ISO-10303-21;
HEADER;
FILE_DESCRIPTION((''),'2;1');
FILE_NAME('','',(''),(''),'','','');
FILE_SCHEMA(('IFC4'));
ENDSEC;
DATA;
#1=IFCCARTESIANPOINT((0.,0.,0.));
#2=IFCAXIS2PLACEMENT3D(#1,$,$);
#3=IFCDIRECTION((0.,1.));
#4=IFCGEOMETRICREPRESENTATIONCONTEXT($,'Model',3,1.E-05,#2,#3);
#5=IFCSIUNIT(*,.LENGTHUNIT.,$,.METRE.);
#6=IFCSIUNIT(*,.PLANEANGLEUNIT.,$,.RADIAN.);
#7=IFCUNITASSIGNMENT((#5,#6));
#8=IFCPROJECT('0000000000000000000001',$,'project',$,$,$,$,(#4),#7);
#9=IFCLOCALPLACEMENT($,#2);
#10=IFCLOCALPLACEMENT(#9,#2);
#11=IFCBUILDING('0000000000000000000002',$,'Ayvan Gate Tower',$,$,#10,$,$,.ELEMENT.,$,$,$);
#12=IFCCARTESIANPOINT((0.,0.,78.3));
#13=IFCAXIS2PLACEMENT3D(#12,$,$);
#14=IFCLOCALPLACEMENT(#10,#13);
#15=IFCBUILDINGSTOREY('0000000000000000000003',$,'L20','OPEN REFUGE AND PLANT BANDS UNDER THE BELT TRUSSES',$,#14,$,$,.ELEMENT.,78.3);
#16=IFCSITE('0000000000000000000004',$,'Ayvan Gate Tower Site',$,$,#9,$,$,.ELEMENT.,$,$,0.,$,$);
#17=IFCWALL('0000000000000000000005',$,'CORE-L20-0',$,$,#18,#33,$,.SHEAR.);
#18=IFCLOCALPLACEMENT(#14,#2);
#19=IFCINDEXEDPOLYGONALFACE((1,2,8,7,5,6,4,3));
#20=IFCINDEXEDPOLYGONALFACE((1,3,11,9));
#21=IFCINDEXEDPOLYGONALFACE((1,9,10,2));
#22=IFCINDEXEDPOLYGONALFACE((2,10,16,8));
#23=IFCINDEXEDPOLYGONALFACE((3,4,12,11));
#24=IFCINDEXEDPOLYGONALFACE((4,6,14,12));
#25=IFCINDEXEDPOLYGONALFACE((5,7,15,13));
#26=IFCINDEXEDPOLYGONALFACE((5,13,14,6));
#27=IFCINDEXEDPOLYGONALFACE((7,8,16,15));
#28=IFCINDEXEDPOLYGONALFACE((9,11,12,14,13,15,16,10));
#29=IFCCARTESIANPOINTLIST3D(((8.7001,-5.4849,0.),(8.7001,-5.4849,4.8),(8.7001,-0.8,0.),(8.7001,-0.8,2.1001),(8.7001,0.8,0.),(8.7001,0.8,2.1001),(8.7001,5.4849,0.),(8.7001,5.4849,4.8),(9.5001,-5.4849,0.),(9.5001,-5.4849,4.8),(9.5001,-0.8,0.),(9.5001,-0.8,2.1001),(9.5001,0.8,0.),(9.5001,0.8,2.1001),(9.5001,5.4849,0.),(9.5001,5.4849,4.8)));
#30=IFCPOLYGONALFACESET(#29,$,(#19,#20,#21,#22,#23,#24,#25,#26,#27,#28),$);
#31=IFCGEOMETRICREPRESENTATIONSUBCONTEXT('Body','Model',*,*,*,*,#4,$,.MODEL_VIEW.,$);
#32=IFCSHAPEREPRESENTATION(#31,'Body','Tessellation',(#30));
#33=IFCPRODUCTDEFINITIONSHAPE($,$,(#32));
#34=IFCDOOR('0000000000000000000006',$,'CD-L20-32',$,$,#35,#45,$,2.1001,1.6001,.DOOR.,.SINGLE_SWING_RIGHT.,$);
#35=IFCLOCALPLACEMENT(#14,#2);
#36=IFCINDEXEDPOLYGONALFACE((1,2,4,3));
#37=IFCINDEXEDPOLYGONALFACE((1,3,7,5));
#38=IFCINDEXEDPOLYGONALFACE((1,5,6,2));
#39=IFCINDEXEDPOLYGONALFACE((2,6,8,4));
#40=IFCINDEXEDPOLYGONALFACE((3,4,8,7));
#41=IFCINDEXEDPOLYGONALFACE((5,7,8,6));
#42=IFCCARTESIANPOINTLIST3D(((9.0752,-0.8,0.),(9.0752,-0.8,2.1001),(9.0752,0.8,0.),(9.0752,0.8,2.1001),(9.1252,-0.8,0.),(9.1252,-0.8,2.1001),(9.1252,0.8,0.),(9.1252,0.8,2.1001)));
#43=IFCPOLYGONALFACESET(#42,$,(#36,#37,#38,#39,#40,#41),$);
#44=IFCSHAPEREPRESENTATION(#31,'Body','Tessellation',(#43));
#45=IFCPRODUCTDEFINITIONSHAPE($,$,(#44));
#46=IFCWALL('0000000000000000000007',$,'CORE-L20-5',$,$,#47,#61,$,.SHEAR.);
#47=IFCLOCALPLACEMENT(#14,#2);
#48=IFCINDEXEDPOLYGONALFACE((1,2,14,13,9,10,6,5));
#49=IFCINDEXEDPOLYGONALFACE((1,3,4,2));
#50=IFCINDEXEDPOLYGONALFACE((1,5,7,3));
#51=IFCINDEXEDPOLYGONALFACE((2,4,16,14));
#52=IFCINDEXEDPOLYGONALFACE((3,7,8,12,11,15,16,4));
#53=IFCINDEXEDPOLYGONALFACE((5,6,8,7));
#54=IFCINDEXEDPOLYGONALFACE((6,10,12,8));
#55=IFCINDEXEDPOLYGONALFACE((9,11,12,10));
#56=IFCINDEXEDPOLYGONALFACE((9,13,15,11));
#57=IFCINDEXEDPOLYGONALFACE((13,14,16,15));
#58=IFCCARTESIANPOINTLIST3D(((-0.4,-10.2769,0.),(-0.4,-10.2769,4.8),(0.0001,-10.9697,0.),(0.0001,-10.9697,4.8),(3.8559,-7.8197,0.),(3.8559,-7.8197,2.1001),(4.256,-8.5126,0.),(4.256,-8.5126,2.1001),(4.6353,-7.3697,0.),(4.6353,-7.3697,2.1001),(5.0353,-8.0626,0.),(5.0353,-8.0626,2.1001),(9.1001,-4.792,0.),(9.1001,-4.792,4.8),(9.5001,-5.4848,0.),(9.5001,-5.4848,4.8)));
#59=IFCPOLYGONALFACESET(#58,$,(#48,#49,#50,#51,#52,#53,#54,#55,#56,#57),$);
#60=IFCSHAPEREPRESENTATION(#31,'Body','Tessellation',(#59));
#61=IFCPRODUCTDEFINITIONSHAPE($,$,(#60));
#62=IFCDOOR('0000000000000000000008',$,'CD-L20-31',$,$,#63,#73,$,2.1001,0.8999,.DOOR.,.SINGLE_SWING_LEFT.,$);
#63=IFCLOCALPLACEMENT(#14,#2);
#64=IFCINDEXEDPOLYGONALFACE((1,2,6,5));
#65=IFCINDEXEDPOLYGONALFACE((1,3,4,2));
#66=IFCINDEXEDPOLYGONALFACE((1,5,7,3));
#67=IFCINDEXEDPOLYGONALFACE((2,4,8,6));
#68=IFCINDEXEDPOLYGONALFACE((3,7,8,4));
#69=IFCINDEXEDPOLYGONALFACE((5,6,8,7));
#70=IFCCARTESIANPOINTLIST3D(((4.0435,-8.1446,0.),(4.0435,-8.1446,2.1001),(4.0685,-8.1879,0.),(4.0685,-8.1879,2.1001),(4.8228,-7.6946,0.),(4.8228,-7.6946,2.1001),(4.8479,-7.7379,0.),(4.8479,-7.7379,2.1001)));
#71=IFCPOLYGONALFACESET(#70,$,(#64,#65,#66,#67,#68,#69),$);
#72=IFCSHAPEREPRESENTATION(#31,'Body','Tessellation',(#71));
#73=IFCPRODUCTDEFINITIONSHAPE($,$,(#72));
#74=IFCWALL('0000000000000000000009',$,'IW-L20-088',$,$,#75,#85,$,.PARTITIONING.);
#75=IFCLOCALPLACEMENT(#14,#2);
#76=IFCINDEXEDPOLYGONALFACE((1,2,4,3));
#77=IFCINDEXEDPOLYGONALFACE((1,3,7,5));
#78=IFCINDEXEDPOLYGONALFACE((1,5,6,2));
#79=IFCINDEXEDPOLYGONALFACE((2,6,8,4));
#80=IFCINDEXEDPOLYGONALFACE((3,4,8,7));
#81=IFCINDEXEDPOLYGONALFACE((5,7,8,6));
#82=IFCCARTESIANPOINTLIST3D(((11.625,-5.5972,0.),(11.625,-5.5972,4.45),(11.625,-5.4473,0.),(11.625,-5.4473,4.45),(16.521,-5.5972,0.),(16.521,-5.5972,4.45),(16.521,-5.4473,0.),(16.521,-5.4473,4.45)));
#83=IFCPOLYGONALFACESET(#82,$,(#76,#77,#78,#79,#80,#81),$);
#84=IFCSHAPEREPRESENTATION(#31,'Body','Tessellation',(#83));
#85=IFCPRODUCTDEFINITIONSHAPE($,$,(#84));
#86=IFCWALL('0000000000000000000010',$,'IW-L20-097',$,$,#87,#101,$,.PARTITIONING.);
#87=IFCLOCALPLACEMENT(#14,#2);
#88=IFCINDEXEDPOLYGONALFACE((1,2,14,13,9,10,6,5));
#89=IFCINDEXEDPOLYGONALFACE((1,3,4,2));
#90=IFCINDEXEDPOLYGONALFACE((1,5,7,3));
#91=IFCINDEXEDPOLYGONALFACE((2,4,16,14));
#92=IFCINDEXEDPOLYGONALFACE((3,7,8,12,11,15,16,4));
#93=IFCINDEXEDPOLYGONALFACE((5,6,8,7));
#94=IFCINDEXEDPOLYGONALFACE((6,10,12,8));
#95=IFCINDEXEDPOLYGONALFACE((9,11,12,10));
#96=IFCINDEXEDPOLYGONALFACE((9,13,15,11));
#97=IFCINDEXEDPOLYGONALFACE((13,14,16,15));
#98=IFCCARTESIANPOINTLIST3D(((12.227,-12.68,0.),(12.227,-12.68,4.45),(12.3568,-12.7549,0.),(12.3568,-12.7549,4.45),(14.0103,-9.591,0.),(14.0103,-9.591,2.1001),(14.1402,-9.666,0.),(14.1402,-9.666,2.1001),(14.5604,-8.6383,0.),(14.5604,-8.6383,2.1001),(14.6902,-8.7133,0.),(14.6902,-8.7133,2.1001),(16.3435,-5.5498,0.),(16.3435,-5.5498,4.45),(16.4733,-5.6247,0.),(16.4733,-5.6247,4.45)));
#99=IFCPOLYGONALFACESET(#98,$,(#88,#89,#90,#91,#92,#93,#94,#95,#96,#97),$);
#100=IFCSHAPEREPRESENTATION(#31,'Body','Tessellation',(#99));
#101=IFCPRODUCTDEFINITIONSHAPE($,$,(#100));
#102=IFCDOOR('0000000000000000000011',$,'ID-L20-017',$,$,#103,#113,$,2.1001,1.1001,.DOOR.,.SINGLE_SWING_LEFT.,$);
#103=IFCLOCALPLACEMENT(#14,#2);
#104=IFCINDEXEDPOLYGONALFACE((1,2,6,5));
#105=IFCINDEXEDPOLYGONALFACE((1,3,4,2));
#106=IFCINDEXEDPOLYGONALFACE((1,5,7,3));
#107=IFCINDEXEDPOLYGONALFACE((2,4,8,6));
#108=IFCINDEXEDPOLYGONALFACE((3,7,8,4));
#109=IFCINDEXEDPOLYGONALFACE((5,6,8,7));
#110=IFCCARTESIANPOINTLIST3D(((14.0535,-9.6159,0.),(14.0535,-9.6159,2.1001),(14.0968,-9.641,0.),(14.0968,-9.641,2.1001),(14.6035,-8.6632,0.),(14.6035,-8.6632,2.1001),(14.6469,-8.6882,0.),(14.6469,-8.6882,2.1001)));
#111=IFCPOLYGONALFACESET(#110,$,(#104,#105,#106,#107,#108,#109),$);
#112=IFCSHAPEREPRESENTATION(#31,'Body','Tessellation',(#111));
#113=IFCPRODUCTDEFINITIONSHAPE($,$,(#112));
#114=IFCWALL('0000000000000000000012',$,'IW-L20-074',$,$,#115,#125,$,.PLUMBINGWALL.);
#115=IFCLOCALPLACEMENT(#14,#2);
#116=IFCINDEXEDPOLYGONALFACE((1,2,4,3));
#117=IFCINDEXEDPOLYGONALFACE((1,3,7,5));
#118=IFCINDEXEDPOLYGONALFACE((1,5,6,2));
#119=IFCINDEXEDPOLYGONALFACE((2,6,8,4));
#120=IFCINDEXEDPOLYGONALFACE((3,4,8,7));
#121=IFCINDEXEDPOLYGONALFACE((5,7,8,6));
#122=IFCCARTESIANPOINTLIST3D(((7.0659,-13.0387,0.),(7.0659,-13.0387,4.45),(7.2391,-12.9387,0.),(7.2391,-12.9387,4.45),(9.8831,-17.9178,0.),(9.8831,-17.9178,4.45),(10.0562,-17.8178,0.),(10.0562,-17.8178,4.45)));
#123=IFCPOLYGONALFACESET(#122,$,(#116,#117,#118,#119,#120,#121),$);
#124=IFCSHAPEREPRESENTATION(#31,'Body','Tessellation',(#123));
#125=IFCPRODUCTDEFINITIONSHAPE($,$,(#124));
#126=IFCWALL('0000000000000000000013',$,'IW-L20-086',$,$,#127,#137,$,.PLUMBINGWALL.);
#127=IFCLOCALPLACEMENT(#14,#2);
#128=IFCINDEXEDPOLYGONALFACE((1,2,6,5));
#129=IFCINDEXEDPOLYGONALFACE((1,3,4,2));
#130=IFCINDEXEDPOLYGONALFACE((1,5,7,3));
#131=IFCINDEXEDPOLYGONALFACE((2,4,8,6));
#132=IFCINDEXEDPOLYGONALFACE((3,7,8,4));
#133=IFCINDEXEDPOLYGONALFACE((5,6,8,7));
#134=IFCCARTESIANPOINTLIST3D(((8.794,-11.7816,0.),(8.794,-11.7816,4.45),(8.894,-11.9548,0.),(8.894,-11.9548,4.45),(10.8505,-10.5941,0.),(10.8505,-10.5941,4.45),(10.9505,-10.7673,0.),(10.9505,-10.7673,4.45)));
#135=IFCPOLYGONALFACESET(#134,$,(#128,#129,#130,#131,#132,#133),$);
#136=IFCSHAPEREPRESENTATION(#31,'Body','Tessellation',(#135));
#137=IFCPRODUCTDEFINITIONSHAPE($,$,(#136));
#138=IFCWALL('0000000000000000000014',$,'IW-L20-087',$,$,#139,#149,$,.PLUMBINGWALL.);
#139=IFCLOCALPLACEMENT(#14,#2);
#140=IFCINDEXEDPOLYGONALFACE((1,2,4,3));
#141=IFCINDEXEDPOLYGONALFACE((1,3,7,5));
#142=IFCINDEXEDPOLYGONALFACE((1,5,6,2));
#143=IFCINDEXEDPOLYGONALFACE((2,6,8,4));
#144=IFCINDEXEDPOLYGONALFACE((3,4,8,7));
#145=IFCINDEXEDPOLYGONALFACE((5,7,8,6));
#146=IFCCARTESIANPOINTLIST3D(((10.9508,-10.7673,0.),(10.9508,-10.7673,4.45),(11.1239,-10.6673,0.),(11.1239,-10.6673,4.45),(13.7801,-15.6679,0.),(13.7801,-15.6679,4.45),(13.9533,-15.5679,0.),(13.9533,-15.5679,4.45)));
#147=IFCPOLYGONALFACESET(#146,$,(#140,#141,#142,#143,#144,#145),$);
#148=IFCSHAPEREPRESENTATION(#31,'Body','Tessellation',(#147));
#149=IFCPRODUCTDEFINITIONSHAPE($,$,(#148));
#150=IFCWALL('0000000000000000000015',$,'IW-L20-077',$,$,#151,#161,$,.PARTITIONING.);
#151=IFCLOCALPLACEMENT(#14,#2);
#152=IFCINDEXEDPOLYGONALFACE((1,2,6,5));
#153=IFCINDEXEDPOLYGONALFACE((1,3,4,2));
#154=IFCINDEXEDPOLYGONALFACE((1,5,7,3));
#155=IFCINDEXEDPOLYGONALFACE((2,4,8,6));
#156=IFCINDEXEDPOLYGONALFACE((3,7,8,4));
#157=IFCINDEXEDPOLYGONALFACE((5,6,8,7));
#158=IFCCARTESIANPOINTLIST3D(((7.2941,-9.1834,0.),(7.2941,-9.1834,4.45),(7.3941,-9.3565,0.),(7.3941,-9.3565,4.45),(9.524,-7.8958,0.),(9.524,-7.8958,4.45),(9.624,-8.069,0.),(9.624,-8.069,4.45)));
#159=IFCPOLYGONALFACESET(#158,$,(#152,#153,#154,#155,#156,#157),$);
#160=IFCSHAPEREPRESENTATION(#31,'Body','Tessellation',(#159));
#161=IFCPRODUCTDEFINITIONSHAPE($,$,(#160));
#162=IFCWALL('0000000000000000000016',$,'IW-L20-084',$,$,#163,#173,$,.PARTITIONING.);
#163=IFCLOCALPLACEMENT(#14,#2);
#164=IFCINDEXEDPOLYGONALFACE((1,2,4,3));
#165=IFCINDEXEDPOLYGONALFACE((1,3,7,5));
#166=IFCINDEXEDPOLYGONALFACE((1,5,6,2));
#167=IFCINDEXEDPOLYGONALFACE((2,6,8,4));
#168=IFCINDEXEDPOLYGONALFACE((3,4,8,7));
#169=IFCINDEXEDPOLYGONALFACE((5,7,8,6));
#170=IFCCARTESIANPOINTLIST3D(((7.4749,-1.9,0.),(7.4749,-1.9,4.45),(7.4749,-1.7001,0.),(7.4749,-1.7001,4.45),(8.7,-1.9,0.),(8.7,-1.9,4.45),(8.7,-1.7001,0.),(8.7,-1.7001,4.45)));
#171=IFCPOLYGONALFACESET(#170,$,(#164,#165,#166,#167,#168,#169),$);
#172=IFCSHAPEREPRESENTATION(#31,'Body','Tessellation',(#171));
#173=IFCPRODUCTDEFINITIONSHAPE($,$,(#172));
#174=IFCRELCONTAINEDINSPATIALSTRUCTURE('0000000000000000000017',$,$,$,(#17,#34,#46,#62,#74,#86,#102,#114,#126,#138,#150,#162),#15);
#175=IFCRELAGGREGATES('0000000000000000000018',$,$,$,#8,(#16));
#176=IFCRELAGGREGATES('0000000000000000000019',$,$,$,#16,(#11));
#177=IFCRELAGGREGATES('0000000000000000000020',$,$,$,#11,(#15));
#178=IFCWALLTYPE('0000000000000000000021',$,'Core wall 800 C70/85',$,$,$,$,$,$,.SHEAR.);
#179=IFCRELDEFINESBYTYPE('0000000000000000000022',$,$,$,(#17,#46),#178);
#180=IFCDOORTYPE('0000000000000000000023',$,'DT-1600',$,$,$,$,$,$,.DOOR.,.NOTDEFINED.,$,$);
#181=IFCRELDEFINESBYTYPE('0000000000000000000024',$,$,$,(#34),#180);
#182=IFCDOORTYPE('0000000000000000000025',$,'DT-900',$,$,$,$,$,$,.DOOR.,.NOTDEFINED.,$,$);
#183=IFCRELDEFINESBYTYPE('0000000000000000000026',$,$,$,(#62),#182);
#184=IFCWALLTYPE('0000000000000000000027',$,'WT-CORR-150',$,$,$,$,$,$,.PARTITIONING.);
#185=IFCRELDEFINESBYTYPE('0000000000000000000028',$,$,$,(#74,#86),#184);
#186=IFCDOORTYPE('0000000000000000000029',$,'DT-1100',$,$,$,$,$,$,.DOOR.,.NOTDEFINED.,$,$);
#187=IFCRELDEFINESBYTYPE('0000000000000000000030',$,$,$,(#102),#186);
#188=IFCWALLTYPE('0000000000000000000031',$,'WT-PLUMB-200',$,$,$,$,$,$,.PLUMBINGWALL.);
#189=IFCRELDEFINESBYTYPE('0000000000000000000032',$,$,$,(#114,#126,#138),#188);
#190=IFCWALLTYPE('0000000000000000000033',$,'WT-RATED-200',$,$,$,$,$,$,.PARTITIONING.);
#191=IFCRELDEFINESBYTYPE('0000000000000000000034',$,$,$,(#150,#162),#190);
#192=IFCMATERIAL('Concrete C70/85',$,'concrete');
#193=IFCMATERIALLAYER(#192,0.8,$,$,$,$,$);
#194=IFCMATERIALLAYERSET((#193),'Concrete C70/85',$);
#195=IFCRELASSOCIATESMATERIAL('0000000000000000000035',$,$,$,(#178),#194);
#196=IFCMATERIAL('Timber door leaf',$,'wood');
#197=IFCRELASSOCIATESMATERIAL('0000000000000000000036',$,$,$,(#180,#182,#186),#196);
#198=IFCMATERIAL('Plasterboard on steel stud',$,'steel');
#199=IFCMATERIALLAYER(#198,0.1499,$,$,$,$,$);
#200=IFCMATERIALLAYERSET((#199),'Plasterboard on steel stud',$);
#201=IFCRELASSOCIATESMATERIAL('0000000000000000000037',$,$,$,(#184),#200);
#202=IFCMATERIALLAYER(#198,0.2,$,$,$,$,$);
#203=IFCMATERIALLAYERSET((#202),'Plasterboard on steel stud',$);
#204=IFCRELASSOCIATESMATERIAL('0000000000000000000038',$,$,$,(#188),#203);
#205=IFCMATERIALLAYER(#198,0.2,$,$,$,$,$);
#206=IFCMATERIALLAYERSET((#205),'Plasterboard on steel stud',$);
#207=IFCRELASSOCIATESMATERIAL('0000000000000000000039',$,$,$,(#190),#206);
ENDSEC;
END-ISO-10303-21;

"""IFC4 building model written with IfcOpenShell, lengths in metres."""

from ifc_helpers import new_model, si_unit, direction, frame, frame_2d, origin, place, context, subcontext, project, spatial, rectangle, extrude, material, layer, layer_set, type_object, element, fill, save


model = new_model("IFC4")

# Units and contexts
model_context = context("Model", 3, precision=1e-05, world=origin(), true_north=direction((0.0, 1.0)))
body_context = subcontext(model_context, "Body", "Model", "MODEL_VIEW")
ifc_project = project(units=[si_unit("LENGTHUNIT", "METRE"), si_unit("PLANEANGLEUNIT", "RADIAN")], contexts=[model_context])

# Site, building, storey
site_placement = place(None, origin())
site = spatial("IfcSite", under=ifc_project, at=site_placement, Name="Ayvan Gate Tower Site", CompositionType="ELEMENT", RefElevation=0.0)
building_placement = place(site_placement, origin())
building = spatial("IfcBuilding", under=site, at=building_placement, Name="Ayvan Gate Tower", CompositionType="ELEMENT")
storey_placement = place(building_placement, frame((0.0, 0.0, 78.3)))
storey = spatial("IfcBuildingStorey", under=building, at=storey_placement, Name="L20", Description="OPEN REFUGE AND PLANT BANDS UNDER THE BELT TRUSSES", CompositionType="ELEMENT", Elevation=78.3)

# Walls, openings, doors
ifc_material_1 = material(Name="Concrete C70/85", Category="concrete")
ifc_layer_1 = layer(ifc_material_1, 0.8)
ifc_layer_set_1 = layer_set([ifc_layer_1], Name="Concrete C70/85")
wall_type_1 = type_object("IfcWallType", Name="Core wall 800 C70/85", PredefinedType="SHEAR", material=ifc_layer_set_1)
wall_1_placement = place(storey_placement, frame((9.1001, -5.4849, 0.0), z_axis=(0.0, 0.0, 1.0), x_axis=(0.0, 1.0, 0.0)))
wall_1 = element("IfcWall", 1, at=wall_1_placement, inside=storey, type_object=wall_type_1, Name="CORE-L20-0", PredefinedType="SHEAR", context=body_context, shape_type="SweptSolid", body=[
    extrude(rectangle(XDim=10.9697, YDim=0.8, at=frame_2d((5.4849, 0.0))), origin(), (0.0, 0.0, 1.0), 4.8),
])
opening_1_placement = place(wall_1_placement, frame((4.6848, 0.0, 0.0)))
opening_1 = element("IfcOpeningElement", 2, at=opening_1_placement, cuts=wall_1, PredefinedType="OPENING", context=body_context, shape_type="SweptSolid", body=[
    extrude(rectangle(XDim=1.6001, YDim=2.1001, at=frame_2d((0.8, 1.05))), frame((0.0, 0.4099, 0.0), z_axis=(0.0, -1.0, 0.0), x_axis=(1.0, 0.0, 0.0)), (0.0, 0.0, 1.0), 0.8201),
])
ifc_material_2 = material(Name="Timber door leaf", Category="wood")
door_type_1 = type_object("IfcDoorType", Name="DT-1600", OperationType="NOTDEFINED", PredefinedType="DOOR", material=ifc_material_2)
door_1_placement = place(opening_1_placement, origin())
door_1 = element("IfcDoor", 3, at=door_1_placement, inside=storey, type_object=door_type_1, Name="CD-L20-32", OperationType="SINGLE_SWING_RIGHT", OverallHeight=2.1001, OverallWidth=1.6001, PredefinedType="DOOR", context=body_context, shape_type="SweptSolid", body=[
    extrude(rectangle(XDim=1.6001, YDim=2.1001, at=frame_2d((0.8, 1.05))), frame((0.0, 0.0249, 0.0), z_axis=(0.0, -1.0, 0.0), x_axis=(1.0, 0.0, 0.0)), (0.0, 0.0, 1.0), 0.05),
])
fill(opening_1, door_1)
wall_2_placement = place(storey_placement, frame((-0.2, -10.6233, 0.0), z_axis=(0.0, 0.0, 1.0), x_axis=(0.866024, 0.500002, 0.0)))
wall_2 = element("IfcWall", 4, at=wall_2_placement, inside=storey, type_object=wall_type_1, Name="CORE-L20-5", PredefinedType="SHEAR", context=body_context, shape_type="SweptSolid", body=[
    extrude(rectangle(XDim=10.9697, YDim=0.8, at=frame_2d((5.4849, 0.0))), origin(), (0.0, 0.0, 1.0), 4.8),
])
opening_2_placement = place(wall_2_placement, frame((4.9143, 0.0, 0.0)))
opening_2 = element("IfcOpeningElement", 5, at=opening_2_placement, cuts=wall_2, PredefinedType="OPENING", context=body_context, shape_type="SweptSolid", body=[
    extrude(rectangle(XDim=0.8999, YDim=2.1001, at=frame_2d((0.45, 1.05))), frame((0.0, 0.4099, 0.0), z_axis=(0.0, -1.0, 0.0), x_axis=(1.0, 0.0, 0.0)), (0.0, 0.0, 1.0), 0.8201),
])
door_type_2 = type_object("IfcDoorType", Name="DT-900", OperationType="NOTDEFINED", PredefinedType="DOOR", material=ifc_material_2)
door_2_placement = place(opening_2_placement, origin())
door_2 = element("IfcDoor", 6, at=door_2_placement, inside=storey, type_object=door_type_2, Name="CD-L20-31", OperationType="SINGLE_SWING_LEFT", OverallHeight=2.1001, OverallWidth=0.8999, PredefinedType="DOOR", context=body_context, shape_type="SweptSolid", body=[
    extrude(rectangle(XDim=0.8999, YDim=2.1001, at=frame_2d((0.45, 1.05))), frame((0.0, 0.0249, 0.0), z_axis=(0.0, -1.0, 0.0), x_axis=(1.0, 0.0, 0.0)), (0.0, 0.0, 1.0), 0.05),
])
fill(opening_2, door_2)

# Wall
ifc_material_3 = material(Name="Plasterboard on steel stud", Category="steel")
ifc_layer_2 = layer(ifc_material_3, 0.1499)
ifc_layer_set_2 = layer_set([ifc_layer_2], Name="Plasterboard on steel stud")
wall_type_2 = type_object("IfcWallType", Name="WT-CORR-150", PredefinedType="PARTITIONING", material=ifc_layer_set_2)
wall_3_placement = place(storey_placement, frame((11.625, -5.5222, 0.0), z_axis=(0.0, 0.0, 1.0), x_axis=(1.0, 0.0, 0.0)))
element("IfcWall", 7, at=wall_3_placement, inside=storey, type_object=wall_type_2, Name="IW-L20-088", PredefinedType="PARTITIONING", context=body_context, shape_type="SweptSolid", body=[
    extrude(rectangle(XDim=4.896, YDim=0.1499, at=frame_2d((2.448, 0.0))), origin(), (0.0, 0.0, 1.0), 4.45),
])

# Wall, opening, door
wall_4_placement = place(storey_placement, frame((16.4084, -5.5872, 0.0), z_axis=(0.0, 0.0, 1.0), x_axis=(-0.499989, -0.866032, 0.0)))
wall_4 = element("IfcWall", 8, at=wall_4_placement, inside=storey, type_object=wall_type_2, Name="IW-L20-097", PredefinedType="PARTITIONING", context=body_context, shape_type="SweptSolid", body=[
    extrude(rectangle(XDim=8.2332, YDim=0.1499, at=frame_2d((4.1167, 0.0))), origin(), (0.0, 0.0, 1.0), 4.45),
])
opening_3_placement = place(wall_4_placement, frame((3.5664, 0.0, 0.0)))
opening_3 = element("IfcOpeningElement", 9, at=opening_3_placement, cuts=wall_4, PredefinedType="OPENING", context=body_context, shape_type="SweptSolid", body=[
    extrude(rectangle(XDim=1.1001, YDim=2.1001, at=frame_2d((0.55, 1.05))), frame((0.0, 0.085, 0.0), z_axis=(0.0, -1.0, 0.0), x_axis=(1.0, 0.0, 0.0)), (0.0, 0.0, 1.0), 0.1699),
])
door_type_3 = type_object("IfcDoorType", Name="DT-1100", OperationType="NOTDEFINED", PredefinedType="DOOR", material=ifc_material_2)
door_3_placement = place(opening_3_placement, origin())
door_3 = element("IfcDoor", 10, at=door_3_placement, inside=storey, type_object=door_type_3, Name="ID-L20-017", OperationType="SINGLE_SWING_LEFT", OverallHeight=2.1001, OverallWidth=1.1001, PredefinedType="DOOR", context=body_context, shape_type="SweptSolid", body=[
    extrude(rectangle(XDim=1.1001, YDim=2.1001, at=frame_2d((0.55, 1.05))), frame((0.0, 0.0249, 0.0), z_axis=(0.0, -1.0, 0.0), x_axis=(1.0, 0.0, 0.0)), (0.0, 0.0, 1.0), 0.05),
])
fill(opening_3, door_3)

# Walls
ifc_layer_3 = layer(ifc_material_3, 0.2)
ifc_layer_set_3 = layer_set([ifc_layer_3], Name="Plasterboard on steel stud")
wall_type_3 = type_object("IfcWallType", Name="WT-PLUMB-200", PredefinedType="PLUMBINGWALL", material=ifc_layer_set_3)
wall_5_placement = place(storey_placement, frame((7.1526, -12.9888, 0.0), z_axis=(0.0, 0.0, 1.0), x_axis=(0.500021, -0.866013, 0.0)))
element("IfcWall", 11, at=wall_5_placement, inside=storey, type_object=wall_type_3, Name="IW-L20-074", PredefinedType="PLUMBINGWALL", context=body_context, shape_type="SweptSolid", body=[
    extrude(rectangle(XDim=5.634, YDim=0.2, at=frame_2d((2.8169, 0.0))), origin(), (0.0, 0.0, 1.0), 4.45),
])
wall_6_placement = place(storey_placement, frame((10.9006, -10.6807, 0.0), z_axis=(0.0, 0.0, 1.0), x_axis=(-0.866008, -0.500031, 0.0)))
element("IfcWall", 12, at=wall_6_placement, inside=storey, type_object=wall_type_3, Name="IW-L20-086", PredefinedType="PLUMBINGWALL", context=body_context, shape_type="SweptSolid", body=[
    extrude(rectangle(XDim=2.3748, YDim=0.2, at=frame_2d((1.1875, 0.0))), origin(), (0.0, 0.0, 1.0), 4.45),
])
wall_7_placement = place(storey_placement, frame((11.0374, -10.7173, 0.0), z_axis=(0.0, 0.0, 1.0), x_axis=(0.499995, -0.866028, 0.0)))
element("IfcWall", 13, at=wall_7_placement, inside=storey, type_object=wall_type_3, Name="IW-L20-087", PredefinedType="PLUMBINGWALL", context=body_context, shape_type="SweptSolid", body=[
    extrude(rectangle(XDim=5.6587, YDim=0.2, at=frame_2d((2.8293, 0.0))), origin(), (0.0, 0.0, 1.0), 4.45),
])
ifc_layer_4 = layer(ifc_material_3, 0.2)
ifc_layer_set_4 = layer_set([ifc_layer_4], Name="Plasterboard on steel stud")
wall_type_4 = type_object("IfcWallType", Name="WT-RATED-200", PredefinedType="PARTITIONING", material=ifc_layer_set_4)
wall_8_placement = place(storey_placement, frame((7.344, -9.27, 0.0), z_axis=(0.0, 0.0, 1.0), x_axis=(0.866006, 0.500034, 0.0)))
element("IfcWall", 14, at=wall_8_placement, inside=storey, type_object=wall_type_4, Name="IW-L20-077", PredefinedType="PARTITIONING", context=body_context, shape_type="SweptSolid", body=[
    extrude(rectangle(XDim=2.575, YDim=0.2, at=frame_2d((1.2876, 0.0))), origin(), (0.0, 0.0, 1.0), 4.45),
])
wall_9_placement = place(storey_placement, frame((8.7, -1.8, 0.0), z_axis=(0.0, 0.0, 1.0), x_axis=(-1.0, 0.0, 0.0)))
element("IfcWall", 15, at=wall_9_placement, inside=storey, type_object=wall_type_4, Name="IW-L20-084", PredefinedType="PARTITIONING", context=body_context, shape_type="SweptSolid", body=[
    extrude(rectangle(XDim=1.2251, YDim=0.2, at=frame_2d((0.6125, 0.0))), origin(), (0.0, 0.0, 1.0), 4.45),
])

save(model, "model.ifc")
